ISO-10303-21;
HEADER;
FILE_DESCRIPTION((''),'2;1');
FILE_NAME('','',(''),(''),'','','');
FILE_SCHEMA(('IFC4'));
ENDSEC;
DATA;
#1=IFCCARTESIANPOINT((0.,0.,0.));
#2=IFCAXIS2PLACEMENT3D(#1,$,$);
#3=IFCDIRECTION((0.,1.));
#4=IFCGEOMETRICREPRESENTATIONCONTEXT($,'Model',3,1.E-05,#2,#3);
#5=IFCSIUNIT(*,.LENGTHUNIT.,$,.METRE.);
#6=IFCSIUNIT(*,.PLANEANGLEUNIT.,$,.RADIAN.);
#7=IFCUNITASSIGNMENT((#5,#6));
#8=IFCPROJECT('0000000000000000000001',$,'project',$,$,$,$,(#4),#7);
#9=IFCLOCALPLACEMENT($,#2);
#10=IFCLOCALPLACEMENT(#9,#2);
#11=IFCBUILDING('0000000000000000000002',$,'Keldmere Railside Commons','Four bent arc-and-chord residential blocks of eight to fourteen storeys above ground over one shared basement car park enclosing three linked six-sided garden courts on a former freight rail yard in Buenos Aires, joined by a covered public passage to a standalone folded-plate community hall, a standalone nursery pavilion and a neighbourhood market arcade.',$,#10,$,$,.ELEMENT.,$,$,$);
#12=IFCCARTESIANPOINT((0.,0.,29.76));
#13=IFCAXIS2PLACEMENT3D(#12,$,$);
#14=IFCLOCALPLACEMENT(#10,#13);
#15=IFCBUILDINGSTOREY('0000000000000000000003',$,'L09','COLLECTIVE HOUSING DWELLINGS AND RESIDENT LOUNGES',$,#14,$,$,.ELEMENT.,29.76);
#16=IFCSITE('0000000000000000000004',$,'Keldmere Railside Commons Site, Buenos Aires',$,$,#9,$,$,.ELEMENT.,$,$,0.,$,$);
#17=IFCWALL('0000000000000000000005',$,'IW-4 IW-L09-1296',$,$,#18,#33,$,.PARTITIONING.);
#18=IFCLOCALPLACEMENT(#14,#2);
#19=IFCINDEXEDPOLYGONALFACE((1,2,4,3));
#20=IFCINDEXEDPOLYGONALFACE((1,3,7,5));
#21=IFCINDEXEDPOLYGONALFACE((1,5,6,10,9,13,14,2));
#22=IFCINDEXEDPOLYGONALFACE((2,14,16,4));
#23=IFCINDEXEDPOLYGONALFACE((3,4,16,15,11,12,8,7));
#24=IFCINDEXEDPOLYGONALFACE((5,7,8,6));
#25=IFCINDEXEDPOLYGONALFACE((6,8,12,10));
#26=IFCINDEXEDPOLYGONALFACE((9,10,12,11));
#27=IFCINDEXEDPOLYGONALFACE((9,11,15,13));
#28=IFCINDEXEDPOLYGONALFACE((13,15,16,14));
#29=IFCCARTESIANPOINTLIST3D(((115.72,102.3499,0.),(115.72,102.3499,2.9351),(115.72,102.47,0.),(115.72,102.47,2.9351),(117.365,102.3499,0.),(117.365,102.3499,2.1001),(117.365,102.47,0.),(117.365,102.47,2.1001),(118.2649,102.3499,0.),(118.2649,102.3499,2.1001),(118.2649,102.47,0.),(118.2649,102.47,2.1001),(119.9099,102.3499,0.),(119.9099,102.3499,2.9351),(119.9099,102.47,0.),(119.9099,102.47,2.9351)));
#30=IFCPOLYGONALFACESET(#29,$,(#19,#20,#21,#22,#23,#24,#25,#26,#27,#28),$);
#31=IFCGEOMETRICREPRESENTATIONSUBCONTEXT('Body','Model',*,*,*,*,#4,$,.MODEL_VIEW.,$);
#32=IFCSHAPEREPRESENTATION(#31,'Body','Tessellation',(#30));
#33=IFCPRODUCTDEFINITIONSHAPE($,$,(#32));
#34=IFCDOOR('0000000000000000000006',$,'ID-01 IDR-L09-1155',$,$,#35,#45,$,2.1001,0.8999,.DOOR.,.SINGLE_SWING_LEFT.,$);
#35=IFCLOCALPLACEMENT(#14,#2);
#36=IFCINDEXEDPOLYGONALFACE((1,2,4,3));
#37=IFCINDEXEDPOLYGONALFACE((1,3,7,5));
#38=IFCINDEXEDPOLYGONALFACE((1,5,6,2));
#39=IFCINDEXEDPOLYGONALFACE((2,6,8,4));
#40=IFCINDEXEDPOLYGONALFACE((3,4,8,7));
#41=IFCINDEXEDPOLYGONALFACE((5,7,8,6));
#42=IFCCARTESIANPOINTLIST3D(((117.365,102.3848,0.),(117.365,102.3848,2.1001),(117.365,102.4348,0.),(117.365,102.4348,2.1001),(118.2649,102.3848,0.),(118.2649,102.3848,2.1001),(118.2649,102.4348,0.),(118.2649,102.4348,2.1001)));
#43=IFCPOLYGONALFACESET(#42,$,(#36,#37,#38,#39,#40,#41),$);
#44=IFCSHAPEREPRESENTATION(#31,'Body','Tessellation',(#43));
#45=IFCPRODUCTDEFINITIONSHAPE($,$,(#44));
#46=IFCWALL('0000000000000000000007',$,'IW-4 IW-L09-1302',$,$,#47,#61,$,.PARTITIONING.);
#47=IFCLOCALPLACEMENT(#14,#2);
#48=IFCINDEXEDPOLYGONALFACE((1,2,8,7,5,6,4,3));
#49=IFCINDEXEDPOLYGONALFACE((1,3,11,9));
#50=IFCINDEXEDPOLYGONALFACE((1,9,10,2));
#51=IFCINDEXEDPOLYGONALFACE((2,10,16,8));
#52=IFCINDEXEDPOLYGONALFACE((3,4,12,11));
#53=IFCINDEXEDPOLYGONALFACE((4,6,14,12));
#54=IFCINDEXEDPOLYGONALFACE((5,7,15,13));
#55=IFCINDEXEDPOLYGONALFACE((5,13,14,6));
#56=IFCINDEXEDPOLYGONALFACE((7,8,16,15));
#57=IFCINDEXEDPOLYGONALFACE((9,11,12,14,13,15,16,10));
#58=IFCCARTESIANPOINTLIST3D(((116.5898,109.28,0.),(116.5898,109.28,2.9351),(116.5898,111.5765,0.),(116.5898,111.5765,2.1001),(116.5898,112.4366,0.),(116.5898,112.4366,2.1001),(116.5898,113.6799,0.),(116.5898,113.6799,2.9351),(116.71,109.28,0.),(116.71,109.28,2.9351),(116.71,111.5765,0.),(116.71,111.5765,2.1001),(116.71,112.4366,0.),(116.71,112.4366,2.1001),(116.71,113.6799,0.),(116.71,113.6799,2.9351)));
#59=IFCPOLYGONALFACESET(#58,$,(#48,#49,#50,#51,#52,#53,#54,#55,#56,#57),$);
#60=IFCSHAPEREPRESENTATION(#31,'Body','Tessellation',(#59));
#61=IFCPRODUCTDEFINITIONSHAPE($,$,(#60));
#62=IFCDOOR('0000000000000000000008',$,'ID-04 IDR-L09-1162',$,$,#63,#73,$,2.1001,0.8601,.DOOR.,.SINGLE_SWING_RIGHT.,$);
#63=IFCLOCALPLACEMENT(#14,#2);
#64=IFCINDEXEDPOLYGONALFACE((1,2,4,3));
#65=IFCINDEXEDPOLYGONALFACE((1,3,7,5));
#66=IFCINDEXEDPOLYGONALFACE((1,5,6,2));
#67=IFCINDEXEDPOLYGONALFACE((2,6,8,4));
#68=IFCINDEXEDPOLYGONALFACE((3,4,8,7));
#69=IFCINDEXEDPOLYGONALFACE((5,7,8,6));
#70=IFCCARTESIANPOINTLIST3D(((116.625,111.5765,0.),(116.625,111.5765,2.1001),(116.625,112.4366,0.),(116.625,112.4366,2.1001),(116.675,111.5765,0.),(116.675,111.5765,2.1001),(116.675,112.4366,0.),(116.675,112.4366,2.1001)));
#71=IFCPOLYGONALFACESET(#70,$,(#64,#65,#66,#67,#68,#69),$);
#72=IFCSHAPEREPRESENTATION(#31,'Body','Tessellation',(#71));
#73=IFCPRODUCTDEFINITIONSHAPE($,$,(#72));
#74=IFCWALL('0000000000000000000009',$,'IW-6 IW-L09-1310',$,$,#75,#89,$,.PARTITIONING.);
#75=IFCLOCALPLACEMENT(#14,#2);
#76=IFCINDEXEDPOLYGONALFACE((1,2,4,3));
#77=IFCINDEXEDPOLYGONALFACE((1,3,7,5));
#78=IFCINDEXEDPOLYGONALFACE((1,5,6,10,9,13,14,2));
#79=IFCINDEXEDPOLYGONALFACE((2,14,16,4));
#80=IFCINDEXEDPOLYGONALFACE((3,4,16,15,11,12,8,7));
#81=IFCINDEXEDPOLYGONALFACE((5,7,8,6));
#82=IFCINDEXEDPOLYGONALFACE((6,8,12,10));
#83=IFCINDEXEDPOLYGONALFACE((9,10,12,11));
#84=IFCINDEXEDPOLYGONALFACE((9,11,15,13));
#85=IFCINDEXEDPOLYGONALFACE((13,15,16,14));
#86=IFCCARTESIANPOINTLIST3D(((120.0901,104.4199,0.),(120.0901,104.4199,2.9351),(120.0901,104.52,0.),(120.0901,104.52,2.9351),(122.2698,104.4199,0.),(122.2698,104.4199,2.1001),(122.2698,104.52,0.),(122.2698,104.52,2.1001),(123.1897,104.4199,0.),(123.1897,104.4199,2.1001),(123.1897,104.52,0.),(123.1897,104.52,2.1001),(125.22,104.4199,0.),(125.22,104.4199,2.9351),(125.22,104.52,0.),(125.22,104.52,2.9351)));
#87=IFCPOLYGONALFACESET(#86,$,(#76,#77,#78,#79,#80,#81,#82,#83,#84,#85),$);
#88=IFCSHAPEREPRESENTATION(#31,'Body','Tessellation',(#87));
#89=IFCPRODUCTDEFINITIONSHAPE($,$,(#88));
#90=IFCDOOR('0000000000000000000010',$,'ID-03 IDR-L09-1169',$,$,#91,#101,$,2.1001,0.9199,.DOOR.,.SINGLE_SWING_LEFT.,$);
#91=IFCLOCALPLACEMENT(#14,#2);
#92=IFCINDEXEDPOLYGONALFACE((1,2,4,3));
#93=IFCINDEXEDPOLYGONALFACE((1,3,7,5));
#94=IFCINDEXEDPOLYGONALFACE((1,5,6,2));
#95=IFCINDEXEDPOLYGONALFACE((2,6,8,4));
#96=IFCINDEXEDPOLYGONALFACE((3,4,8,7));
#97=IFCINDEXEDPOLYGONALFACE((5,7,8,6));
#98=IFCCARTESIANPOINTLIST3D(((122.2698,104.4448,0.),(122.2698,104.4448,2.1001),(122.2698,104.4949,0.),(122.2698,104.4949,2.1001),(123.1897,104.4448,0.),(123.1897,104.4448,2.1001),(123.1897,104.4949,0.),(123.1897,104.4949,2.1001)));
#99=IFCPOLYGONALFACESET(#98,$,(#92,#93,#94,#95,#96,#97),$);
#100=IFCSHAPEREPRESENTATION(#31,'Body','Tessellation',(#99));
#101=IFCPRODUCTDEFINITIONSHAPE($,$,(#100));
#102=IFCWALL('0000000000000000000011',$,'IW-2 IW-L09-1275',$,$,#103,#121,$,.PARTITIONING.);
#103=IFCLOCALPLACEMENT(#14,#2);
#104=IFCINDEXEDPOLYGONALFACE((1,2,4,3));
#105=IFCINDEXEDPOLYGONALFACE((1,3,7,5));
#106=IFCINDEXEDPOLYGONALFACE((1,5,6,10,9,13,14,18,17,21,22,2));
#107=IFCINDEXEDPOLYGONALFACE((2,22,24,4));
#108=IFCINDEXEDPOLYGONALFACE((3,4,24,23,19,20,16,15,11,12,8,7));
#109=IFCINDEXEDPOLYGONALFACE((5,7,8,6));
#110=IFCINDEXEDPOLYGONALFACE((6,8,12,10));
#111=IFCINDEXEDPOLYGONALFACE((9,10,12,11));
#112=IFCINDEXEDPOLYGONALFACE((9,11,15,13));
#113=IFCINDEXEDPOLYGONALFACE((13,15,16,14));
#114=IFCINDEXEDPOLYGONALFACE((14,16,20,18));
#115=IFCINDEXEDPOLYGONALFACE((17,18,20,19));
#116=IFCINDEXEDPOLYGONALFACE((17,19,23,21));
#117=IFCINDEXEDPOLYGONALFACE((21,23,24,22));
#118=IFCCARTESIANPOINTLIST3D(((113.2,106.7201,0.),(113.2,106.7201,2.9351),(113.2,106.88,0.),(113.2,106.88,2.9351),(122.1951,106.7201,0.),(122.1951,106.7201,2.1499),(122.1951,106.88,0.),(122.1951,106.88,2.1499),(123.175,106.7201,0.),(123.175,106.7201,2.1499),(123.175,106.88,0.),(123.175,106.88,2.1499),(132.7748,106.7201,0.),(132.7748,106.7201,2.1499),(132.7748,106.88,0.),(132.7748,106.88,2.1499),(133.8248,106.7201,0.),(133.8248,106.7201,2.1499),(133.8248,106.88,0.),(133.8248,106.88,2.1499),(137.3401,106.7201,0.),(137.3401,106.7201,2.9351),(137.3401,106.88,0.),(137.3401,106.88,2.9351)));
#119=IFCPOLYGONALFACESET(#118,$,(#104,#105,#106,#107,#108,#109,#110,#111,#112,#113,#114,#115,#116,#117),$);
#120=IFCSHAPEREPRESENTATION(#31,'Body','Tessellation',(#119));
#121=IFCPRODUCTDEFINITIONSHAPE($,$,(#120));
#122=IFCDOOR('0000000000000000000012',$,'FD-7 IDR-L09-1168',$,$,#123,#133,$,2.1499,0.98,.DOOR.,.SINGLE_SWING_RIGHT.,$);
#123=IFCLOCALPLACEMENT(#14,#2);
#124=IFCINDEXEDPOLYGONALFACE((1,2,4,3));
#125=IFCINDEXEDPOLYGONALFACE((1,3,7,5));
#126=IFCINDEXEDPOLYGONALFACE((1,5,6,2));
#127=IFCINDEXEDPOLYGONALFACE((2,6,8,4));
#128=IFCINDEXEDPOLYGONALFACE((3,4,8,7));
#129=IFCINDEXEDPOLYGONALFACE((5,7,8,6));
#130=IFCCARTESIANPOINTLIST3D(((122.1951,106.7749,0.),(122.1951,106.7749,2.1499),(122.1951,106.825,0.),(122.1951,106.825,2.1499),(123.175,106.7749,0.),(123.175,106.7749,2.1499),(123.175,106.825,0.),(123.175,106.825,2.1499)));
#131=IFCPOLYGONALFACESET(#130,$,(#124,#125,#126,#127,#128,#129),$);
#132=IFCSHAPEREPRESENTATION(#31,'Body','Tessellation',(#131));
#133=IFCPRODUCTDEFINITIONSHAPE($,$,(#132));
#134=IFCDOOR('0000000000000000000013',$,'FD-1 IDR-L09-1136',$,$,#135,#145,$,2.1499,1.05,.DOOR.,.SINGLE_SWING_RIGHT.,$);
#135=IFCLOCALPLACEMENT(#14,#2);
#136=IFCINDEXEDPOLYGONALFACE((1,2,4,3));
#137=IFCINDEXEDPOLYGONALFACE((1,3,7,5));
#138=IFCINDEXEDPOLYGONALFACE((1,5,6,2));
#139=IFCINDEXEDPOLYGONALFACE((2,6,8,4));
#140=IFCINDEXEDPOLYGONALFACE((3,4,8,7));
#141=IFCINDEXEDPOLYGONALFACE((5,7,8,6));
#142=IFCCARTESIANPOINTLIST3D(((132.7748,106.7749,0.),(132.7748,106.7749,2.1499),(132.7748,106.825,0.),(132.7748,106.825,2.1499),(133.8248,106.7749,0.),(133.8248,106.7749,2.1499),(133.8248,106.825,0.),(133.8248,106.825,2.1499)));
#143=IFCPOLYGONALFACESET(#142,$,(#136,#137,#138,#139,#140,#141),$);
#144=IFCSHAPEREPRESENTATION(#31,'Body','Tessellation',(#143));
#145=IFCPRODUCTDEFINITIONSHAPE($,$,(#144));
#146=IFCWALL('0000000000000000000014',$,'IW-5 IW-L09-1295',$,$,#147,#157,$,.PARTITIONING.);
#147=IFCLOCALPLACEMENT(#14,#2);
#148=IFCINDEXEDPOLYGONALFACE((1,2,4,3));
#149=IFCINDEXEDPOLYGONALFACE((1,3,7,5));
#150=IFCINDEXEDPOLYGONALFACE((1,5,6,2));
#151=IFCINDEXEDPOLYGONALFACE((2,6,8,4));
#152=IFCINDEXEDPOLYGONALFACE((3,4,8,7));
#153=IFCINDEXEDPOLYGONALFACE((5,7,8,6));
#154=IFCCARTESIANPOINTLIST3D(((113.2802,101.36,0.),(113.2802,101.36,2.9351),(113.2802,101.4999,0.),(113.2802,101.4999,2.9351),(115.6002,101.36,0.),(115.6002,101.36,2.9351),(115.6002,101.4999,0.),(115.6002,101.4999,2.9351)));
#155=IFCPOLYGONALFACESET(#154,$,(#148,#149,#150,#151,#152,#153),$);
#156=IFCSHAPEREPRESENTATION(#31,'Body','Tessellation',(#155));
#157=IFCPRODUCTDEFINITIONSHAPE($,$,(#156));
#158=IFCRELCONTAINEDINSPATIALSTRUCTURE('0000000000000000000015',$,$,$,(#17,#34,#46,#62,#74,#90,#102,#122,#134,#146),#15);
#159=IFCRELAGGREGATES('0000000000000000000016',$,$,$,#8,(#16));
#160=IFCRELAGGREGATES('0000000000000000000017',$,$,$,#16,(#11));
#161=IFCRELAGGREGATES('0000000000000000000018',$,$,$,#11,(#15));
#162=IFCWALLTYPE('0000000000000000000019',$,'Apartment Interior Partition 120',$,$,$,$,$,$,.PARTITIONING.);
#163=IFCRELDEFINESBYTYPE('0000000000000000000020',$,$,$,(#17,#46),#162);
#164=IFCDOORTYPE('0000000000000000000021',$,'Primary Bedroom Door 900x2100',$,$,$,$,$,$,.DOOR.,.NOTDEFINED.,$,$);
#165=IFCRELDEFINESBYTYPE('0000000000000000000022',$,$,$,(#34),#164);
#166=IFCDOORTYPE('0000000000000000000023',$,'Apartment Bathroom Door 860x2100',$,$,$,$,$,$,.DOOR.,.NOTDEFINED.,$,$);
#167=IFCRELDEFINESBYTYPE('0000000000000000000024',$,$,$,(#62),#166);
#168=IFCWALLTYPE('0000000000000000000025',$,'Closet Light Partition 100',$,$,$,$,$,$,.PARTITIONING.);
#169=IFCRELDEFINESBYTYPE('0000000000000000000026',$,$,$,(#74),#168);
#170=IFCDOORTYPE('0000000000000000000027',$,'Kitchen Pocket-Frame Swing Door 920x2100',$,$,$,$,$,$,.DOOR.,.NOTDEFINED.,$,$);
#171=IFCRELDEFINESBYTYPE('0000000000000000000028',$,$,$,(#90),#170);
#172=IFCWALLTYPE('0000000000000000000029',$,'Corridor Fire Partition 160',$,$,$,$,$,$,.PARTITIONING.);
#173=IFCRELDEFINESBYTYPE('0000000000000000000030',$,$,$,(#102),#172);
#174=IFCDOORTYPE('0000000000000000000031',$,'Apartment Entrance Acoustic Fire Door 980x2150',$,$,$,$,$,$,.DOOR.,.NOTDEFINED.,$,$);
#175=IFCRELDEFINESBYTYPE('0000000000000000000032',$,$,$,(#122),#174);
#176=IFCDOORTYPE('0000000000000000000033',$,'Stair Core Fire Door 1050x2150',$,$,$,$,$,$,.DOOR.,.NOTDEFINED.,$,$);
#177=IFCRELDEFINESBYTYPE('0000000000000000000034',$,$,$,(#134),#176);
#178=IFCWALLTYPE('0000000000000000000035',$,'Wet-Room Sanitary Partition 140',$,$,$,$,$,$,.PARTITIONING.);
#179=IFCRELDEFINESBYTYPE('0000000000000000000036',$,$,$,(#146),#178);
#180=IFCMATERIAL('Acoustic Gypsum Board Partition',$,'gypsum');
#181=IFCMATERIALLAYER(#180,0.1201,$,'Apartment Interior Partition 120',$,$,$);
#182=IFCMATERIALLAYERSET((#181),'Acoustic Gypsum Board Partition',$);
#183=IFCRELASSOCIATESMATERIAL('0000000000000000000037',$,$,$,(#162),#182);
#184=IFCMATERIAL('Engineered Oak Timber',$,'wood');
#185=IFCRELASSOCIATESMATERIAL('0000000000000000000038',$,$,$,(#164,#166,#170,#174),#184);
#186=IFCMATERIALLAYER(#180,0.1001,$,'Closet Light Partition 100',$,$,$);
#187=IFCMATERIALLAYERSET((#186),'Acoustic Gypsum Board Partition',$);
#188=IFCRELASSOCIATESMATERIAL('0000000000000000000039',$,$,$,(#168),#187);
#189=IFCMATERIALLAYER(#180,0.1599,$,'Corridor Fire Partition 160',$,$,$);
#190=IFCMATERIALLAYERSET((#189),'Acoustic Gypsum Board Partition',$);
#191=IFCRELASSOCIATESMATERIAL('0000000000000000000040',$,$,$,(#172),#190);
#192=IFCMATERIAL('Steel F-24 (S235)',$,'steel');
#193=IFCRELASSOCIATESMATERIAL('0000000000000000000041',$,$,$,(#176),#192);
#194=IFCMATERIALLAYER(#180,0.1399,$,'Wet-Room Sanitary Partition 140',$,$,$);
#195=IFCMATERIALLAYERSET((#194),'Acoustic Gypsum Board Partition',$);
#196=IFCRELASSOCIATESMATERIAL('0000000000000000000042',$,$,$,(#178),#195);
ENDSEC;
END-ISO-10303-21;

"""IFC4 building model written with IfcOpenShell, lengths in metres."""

from ifc_helpers import new_model, si_unit, direction, frame, frame_2d, origin, place, context, subcontext, project, spatial, rectangle, extrude, material, layer, layer_set, type_object, element, fill, save


model = new_model("IFC4")

# Units and contexts
model_context = context("Model", 3, precision=1e-05, world=origin(), true_north=direction((0.0, 1.0)))
body_context = subcontext(model_context, "Body", "Model", "MODEL_VIEW")
ifc_project = project(units=[si_unit("LENGTHUNIT", "METRE"), si_unit("PLANEANGLEUNIT", "RADIAN")], contexts=[model_context])

# Site, building, storey
site_placement = place(None, origin())
site = spatial("IfcSite", under=ifc_project, at=site_placement, Name="Keldmere Railside Commons Site, Buenos Aires", CompositionType="ELEMENT", RefElevation=0.0)
building_placement = place(site_placement, origin())
building = spatial("IfcBuilding", under=site, at=building_placement, Name="Keldmere Railside Commons", Description="Four bent arc-and-chord residential blocks of eight to fourteen storeys above ground over one shared basement car park enclosing three linked six-sided garden courts on a former freight rail yard in Buenos Aires, joined by a covered public passage to a standalone folded-plate community hall, a standalone nursery pavilion and a neighbourhood market arcade.", CompositionType="ELEMENT")
storey_placement = place(building_placement, frame((0.0, 0.0, 29.76)))
storey = spatial("IfcBuildingStorey", under=building, at=storey_placement, Name="L09", Description="COLLECTIVE HOUSING DWELLINGS AND RESIDENT LOUNGES", CompositionType="ELEMENT", Elevation=29.76)

# Shared definitions
ifc_material_1 = material(Name="Acoustic Gypsum Board Partition", Category="gypsum")

# Walls, openings, doors
ifc_layer_1 = layer(ifc_material_1, 0.1201, Name="Apartment Interior Partition 120")
ifc_layer_set_1 = layer_set([ifc_layer_1], Name="Acoustic Gypsum Board Partition")
wall_type_1 = type_object("IfcWallType", Name="Apartment Interior Partition 120", PredefinedType="PARTITIONING", material=ifc_layer_set_1)
wall_1_placement = place(storey_placement, frame((115.72, 102.4099, 0.0), z_axis=(0.0, 0.0, 1.0), x_axis=(1.0, 0.0, 0.0)))
wall_1 = element("IfcWall", 1, at=wall_1_placement, inside=storey, type_object=wall_type_1, Name="IW-4 IW-L09-1296", PredefinedType="PARTITIONING", context=body_context, shape_type="SweptSolid", body=[
    extrude(rectangle(XDim=4.1899, YDim=0.1201, at=frame_2d((2.095, 0.0))), origin(), (0.0, 0.0, 1.0), 2.9351),
])
opening_1_placement = place(wall_1_placement, frame((1.645, 0.0, 0.0)))
opening_1 = element("IfcOpeningElement", 2, at=opening_1_placement, cuts=wall_1, PredefinedType="OPENING", context=body_context, shape_type="SweptSolid", body=[
    extrude(rectangle(XDim=0.8999, YDim=2.1001, at=frame_2d((0.45, 1.05))), frame((0.0, 0.0701, 0.0), z_axis=(0.0, -1.0, 0.0), x_axis=(1.0, 0.0, 0.0)), (0.0, 0.0, 1.0), 0.1401),
])
ifc_material_2 = material(Name="Engineered Oak Timber", Category="wood")
door_type_1 = type_object("IfcDoorType", Name="Primary Bedroom Door 900x2100", OperationType="NOTDEFINED", PredefinedType="DOOR", material=ifc_material_2)
door_1_placement = place(opening_1_placement, origin())
door_1 = element("IfcDoor", 3, at=door_1_placement, inside=storey, type_object=door_type_1, Name="ID-01 IDR-L09-1155", OperationType="SINGLE_SWING_LEFT", OverallHeight=2.1001, OverallWidth=0.8999, PredefinedType="DOOR", context=body_context, shape_type="SweptSolid", body=[
    extrude(rectangle(XDim=0.8999, YDim=2.1001, at=frame_2d((0.45, 1.05))), frame((0.0, 0.0249, 0.0), z_axis=(0.0, -1.0, 0.0), x_axis=(1.0, 0.0, 0.0)), (0.0, 0.0, 1.0), 0.05),
])
fill(opening_1, door_1)
wall_2_placement = place(storey_placement, frame((116.6499, 109.28, 0.0), z_axis=(0.0, 0.0, 1.0), x_axis=(0.0, 1.0, 0.0)))
wall_2 = element("IfcWall", 4, at=wall_2_placement, inside=storey, type_object=wall_type_1, Name="IW-4 IW-L09-1302", PredefinedType="PARTITIONING", context=body_context, shape_type="SweptSolid", body=[
    extrude(rectangle(XDim=4.3999, YDim=0.1201, at=frame_2d((2.2, 0.0))), origin(), (0.0, 0.0, 1.0), 2.9351),
])
opening_2_placement = place(wall_2_placement, frame((2.2964, 0.0, 0.0)))
opening_2 = element("IfcOpeningElement", 5, at=opening_2_placement, cuts=wall_2, PredefinedType="OPENING", context=body_context, shape_type="SweptSolid", body=[
    extrude(rectangle(XDim=0.8601, YDim=2.1001, at=frame_2d((0.4302, 1.05))), frame((0.0, 0.0701, 0.0), z_axis=(0.0, -1.0, 0.0), x_axis=(1.0, 0.0, 0.0)), (0.0, 0.0, 1.0), 0.1401),
])
door_type_2 = type_object("IfcDoorType", Name="Apartment Bathroom Door 860x2100", OperationType="NOTDEFINED", PredefinedType="DOOR", material=ifc_material_2)
door_2_placement = place(opening_2_placement, origin())
door_2 = element("IfcDoor", 6, at=door_2_placement, inside=storey, type_object=door_type_2, Name="ID-04 IDR-L09-1162", OperationType="SINGLE_SWING_RIGHT", OverallHeight=2.1001, OverallWidth=0.8601, PredefinedType="DOOR", context=body_context, shape_type="SweptSolid", body=[
    extrude(rectangle(XDim=0.8601, YDim=2.1001, at=frame_2d((0.4302, 1.05))), frame((0.0, 0.0249, 0.0), z_axis=(0.0, -1.0, 0.0), x_axis=(1.0, 0.0, 0.0)), (0.0, 0.0, 1.0), 0.05),
])
fill(opening_2, door_2)
ifc_layer_2 = layer(ifc_material_1, 0.1001, Name="Closet Light Partition 100")
ifc_layer_set_2 = layer_set([ifc_layer_2], Name="Acoustic Gypsum Board Partition")
wall_type_2 = type_object("IfcWallType", Name="Closet Light Partition 100", PredefinedType="PARTITIONING", material=ifc_layer_set_2)
wall_3_placement = place(storey_placement, frame((120.0901, 104.47, 0.0), z_axis=(0.0, 0.0, 1.0), x_axis=(1.0, 0.0, 0.0)))
wall_3 = element("IfcWall", 7, at=wall_3_placement, inside=storey, type_object=wall_type_2, Name="IW-6 IW-L09-1310", PredefinedType="PARTITIONING", context=body_context, shape_type="SweptSolid", body=[
    extrude(rectangle(XDim=5.1299, YDim=0.1001, at=frame_2d((2.5649, 0.0))), origin(), (0.0, 0.0, 1.0), 2.9351),
])
opening_3_placement = place(wall_3_placement, frame((2.1797, 0.0, 0.0)))
opening_3 = element("IfcOpeningElement", 8, at=opening_3_placement, cuts=wall_3, PredefinedType="OPENING", context=body_context, shape_type="SweptSolid", body=[
    extrude(rectangle(XDim=0.9199, YDim=2.1001, at=frame_2d((0.46, 1.05))), frame((0.0, 0.0601, 0.0), z_axis=(0.0, -1.0, 0.0), x_axis=(1.0, 0.0, 0.0)), (0.0, 0.0, 1.0), 0.1201),
])
door_type_3 = type_object("IfcDoorType", Name="Kitchen Pocket-Frame Swing Door 920x2100", OperationType="NOTDEFINED", PredefinedType="DOOR", material=ifc_material_2)
door_3_placement = place(opening_3_placement, origin())
door_3 = element("IfcDoor", 9, at=door_3_placement, inside=storey, type_object=door_type_3, Name="ID-03 IDR-L09-1169", OperationType="SINGLE_SWING_LEFT", OverallHeight=2.1001, OverallWidth=0.9199, PredefinedType="DOOR", context=body_context, shape_type="SweptSolid", body=[
    extrude(rectangle(XDim=0.9199, YDim=2.1001, at=frame_2d((0.46, 1.05))), frame((0.0, 0.0249, 0.0), z_axis=(0.0, -1.0, 0.0), x_axis=(1.0, 0.0, 0.0)), (0.0, 0.0, 1.0), 0.05),
])
fill(opening_3, door_3)

# Wall, openings, doors
ifc_layer_3 = layer(ifc_material_1, 0.1599, Name="Corridor Fire Partition 160")
ifc_layer_set_3 = layer_set([ifc_layer_3], Name="Acoustic Gypsum Board Partition")
wall_type_3 = type_object("IfcWallType", Name="Corridor Fire Partition 160", PredefinedType="PARTITIONING", material=ifc_layer_set_3)
wall_4_placement = place(storey_placement, frame((113.2, 106.8, 0.0), z_axis=(0.0, 0.0, 1.0), x_axis=(1.0, 0.0, 0.0)))
wall_4 = element("IfcWall", 10, at=wall_4_placement, inside=storey, type_object=wall_type_3, Name="IW-2 IW-L09-1275", PredefinedType="PARTITIONING", context=body_context, shape_type="SweptSolid", body=[
    extrude(rectangle(XDim=24.1401, YDim=0.1599, at=frame_2d((12.0701, 0.0))), origin(), (0.0, 0.0, 1.0), 2.9351),
])
opening_4_placement = place(wall_4_placement, frame((19.575, 0.0, 0.0)))
opening_4 = element("IfcOpeningElement", 11, at=opening_4_placement, cuts=wall_4, PredefinedType="OPENING", context=body_context, shape_type="SweptSolid", body=[
    extrude(rectangle(XDim=1.05, YDim=2.1499, at=frame_2d((0.5249, 1.075))), frame((0.0, 0.0898, 0.0), z_axis=(0.0, -1.0, 0.0), x_axis=(1.0, 0.0, 0.0)), (0.0, 0.0, 1.0), 0.1799),
])
opening_5_placement = place(wall_4_placement, frame((8.9951, 0.0, 0.0)))
opening_5 = element("IfcOpeningElement", 12, at=opening_5_placement, cuts=wall_4, PredefinedType="OPENING", context=body_context, shape_type="SweptSolid", body=[
    extrude(rectangle(XDim=0.98, YDim=2.1499, at=frame_2d((0.49, 1.075))), frame((0.0, 0.0898, 0.0), z_axis=(0.0, -1.0, 0.0), x_axis=(1.0, 0.0, 0.0)), (0.0, 0.0, 1.0), 0.1799),
])
door_type_4 = type_object("IfcDoorType", Name="Apartment Entrance Acoustic Fire Door 980x2150", OperationType="NOTDEFINED", PredefinedType="DOOR", material=ifc_material_2)
door_4_placement = place(opening_5_placement, origin())
door_4 = element("IfcDoor", 13, at=door_4_placement, inside=storey, type_object=door_type_4, Name="FD-7 IDR-L09-1168", OperationType="SINGLE_SWING_RIGHT", OverallHeight=2.1499, OverallWidth=0.98, PredefinedType="DOOR", context=body_context, shape_type="SweptSolid", body=[
    extrude(rectangle(XDim=0.98, YDim=2.1499, at=frame_2d((0.49, 1.075))), frame((0.0, 0.0249, 0.0), z_axis=(0.0, -1.0, 0.0), x_axis=(1.0, 0.0, 0.0)), (0.0, 0.0, 1.0), 0.05),
])
fill(opening_5, door_4)
ifc_material_3 = material(Name="Steel F-24 (S235)", Category="steel")
door_type_5 = type_object("IfcDoorType", Name="Stair Core Fire Door 1050x2150", OperationType="NOTDEFINED", PredefinedType="DOOR", material=ifc_material_3)
door_5_placement = place(opening_4_placement, origin())
door_5 = element("IfcDoor", 14, at=door_5_placement, inside=storey, type_object=door_type_5, Name="FD-1 IDR-L09-1136", OperationType="SINGLE_SWING_RIGHT", OverallHeight=2.1499, OverallWidth=1.05, PredefinedType="DOOR", context=body_context, shape_type="SweptSolid", body=[
    extrude(rectangle(XDim=1.05, YDim=2.1499, at=frame_2d((0.5249, 1.075))), frame((0.0, 0.0249, 0.0), z_axis=(0.0, -1.0, 0.0), x_axis=(1.0, 0.0, 0.0)), (0.0, 0.0, 1.0), 0.05),
])
fill(opening_4, door_5)

# Wall
ifc_layer_4 = layer(ifc_material_1, 0.1399, Name="Wet-Room Sanitary Partition 140")
ifc_layer_set_4 = layer_set([ifc_layer_4], Name="Acoustic Gypsum Board Partition")
wall_type_4 = type_object("IfcWallType", Name="Wet-Room Sanitary Partition 140", PredefinedType="PARTITIONING", material=ifc_layer_set_4)
wall_5_placement = place(storey_placement, frame((113.28, 101.4299, 0.0), z_axis=(0.0, 0.0, 1.0), x_axis=(1.0, 0.0, 0.0)))
element("IfcWall", 15, at=wall_5_placement, inside=storey, type_object=wall_type_4, Name="IW-5 IW-L09-1295", PredefinedType="PARTITIONING", context=body_context, shape_type="SweptSolid", body=[
    extrude(rectangle(XDim=2.3201, YDim=0.1399, at=frame_2d((1.1602, 0.0))), origin(), (0.0, 0.0, 1.0), 2.9351),
])

save(model, "model.ifc")
